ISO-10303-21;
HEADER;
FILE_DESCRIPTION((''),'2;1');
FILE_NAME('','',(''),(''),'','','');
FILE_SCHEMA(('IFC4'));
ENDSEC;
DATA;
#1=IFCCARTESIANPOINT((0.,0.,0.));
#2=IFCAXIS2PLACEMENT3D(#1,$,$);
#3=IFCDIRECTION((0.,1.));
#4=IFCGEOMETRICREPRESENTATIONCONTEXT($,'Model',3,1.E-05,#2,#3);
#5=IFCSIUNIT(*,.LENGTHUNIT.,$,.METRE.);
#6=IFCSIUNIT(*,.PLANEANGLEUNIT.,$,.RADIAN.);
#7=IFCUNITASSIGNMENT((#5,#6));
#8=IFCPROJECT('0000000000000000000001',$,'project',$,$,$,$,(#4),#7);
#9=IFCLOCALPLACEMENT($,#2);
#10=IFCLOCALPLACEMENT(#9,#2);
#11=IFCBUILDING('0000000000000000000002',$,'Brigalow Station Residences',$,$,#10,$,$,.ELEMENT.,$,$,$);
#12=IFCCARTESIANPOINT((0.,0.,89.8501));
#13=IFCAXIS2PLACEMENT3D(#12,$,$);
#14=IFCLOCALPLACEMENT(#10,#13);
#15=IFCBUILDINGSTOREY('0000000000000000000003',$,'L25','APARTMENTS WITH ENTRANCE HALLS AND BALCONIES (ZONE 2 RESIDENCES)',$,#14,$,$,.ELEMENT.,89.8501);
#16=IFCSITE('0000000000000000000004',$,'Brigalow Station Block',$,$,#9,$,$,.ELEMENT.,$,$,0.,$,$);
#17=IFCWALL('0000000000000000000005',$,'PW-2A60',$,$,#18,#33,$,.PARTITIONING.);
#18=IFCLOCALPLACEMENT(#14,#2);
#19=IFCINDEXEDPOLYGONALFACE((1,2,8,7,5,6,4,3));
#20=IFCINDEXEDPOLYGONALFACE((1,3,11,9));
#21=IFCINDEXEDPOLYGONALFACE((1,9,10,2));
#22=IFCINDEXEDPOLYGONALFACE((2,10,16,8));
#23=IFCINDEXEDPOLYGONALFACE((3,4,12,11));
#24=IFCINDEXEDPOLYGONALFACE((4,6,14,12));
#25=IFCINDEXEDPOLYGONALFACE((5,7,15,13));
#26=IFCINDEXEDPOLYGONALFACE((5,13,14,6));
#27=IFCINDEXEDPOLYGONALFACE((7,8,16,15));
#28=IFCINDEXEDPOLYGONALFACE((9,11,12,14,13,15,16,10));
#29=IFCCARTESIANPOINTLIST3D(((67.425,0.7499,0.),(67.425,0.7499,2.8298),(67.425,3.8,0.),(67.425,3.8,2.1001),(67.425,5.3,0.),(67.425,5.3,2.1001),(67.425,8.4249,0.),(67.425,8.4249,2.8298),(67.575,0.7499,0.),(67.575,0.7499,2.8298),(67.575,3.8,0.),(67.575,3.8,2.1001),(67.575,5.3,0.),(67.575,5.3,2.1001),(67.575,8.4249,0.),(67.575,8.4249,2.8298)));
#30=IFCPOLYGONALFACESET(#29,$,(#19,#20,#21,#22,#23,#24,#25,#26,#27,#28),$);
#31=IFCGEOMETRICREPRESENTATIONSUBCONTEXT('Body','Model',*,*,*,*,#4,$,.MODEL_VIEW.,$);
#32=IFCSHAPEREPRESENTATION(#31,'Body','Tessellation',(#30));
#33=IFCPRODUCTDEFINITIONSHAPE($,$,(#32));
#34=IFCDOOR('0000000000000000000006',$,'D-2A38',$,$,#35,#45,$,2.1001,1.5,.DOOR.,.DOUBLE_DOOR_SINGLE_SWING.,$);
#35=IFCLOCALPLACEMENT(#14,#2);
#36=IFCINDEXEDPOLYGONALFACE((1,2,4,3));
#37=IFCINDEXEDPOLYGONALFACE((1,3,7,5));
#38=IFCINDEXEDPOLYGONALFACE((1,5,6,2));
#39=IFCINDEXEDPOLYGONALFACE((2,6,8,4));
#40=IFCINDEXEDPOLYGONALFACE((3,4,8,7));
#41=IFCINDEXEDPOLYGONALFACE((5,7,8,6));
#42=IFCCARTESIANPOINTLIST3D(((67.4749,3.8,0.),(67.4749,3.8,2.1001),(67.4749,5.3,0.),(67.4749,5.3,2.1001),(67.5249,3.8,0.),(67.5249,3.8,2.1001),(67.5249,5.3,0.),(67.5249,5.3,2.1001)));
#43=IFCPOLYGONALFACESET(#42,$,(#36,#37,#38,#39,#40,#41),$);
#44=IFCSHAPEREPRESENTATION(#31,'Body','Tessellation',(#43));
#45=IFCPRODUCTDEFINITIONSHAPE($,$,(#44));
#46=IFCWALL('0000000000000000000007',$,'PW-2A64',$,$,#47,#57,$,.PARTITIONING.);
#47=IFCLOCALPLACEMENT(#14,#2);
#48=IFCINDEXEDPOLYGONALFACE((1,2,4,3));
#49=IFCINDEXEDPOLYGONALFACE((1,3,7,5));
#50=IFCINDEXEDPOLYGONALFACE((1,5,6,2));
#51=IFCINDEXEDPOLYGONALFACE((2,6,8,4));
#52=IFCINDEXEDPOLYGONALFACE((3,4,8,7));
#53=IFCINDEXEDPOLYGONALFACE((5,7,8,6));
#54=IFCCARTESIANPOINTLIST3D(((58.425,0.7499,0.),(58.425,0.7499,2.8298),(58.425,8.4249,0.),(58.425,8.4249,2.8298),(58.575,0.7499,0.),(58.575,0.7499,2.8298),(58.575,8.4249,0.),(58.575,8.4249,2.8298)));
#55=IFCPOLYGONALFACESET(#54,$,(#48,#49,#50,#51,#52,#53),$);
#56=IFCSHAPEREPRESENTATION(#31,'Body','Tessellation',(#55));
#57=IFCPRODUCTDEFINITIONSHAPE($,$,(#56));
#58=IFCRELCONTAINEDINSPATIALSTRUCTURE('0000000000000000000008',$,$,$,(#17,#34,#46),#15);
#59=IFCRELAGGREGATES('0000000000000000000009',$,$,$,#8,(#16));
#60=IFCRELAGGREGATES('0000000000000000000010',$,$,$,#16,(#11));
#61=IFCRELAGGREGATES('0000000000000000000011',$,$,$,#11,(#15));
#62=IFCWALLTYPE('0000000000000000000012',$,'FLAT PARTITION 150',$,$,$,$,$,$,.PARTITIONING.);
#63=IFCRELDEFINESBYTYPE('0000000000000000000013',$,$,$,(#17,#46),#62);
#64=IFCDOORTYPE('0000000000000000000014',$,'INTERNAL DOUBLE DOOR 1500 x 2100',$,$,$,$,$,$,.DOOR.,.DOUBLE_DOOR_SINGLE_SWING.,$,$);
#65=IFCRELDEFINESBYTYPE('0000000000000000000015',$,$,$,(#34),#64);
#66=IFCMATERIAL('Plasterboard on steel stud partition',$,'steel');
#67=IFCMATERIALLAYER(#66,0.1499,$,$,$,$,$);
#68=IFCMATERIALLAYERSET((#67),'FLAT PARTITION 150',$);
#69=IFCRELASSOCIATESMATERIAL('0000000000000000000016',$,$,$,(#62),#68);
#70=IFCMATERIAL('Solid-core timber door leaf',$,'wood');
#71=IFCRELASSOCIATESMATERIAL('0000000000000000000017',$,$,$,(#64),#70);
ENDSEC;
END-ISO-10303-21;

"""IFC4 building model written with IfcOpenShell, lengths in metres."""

from ifc_helpers import new_model, si_unit, direction, frame, frame_2d, origin, place, context, subcontext, project, spatial, rectangle, extrude, material, layer, layer_set, type_object, element, fill, save


model = new_model("IFC4")

# Units and contexts
model_context = context("Model", 3, precision=1e-05, world=origin(), true_north=direction((0.0, 1.0)))
body_context = subcontext(model_context, "Body", "Model", "MODEL_VIEW")
ifc_project = project(units=[si_unit("LENGTHUNIT", "METRE"), si_unit("PLANEANGLEUNIT", "RADIAN")], contexts=[model_context])

# Site, building, storey
site_placement = place(None, origin())
site = spatial("IfcSite", under=ifc_project, at=site_placement, Name="Brigalow Station Block", CompositionType="ELEMENT", RefElevation=0.0)
building_placement = place(site_placement, origin())
building = spatial("IfcBuilding", under=site, at=building_placement, Name="Brigalow Station Residences", CompositionType="ELEMENT")
storey_placement = place(building_placement, frame((0.0, 0.0, 89.8501)))
storey = spatial("IfcBuildingStorey", under=building, at=storey_placement, Name="L25", Description="APARTMENTS WITH ENTRANCE HALLS AND BALCONIES (ZONE 2 RESIDENCES)", CompositionType="ELEMENT", Elevation=89.8501)

# Shared definitions
ifc_material_1 = material(Name="Plasterboard on steel stud partition", Category="steel")
ifc_layer_1 = layer(ifc_material_1, 0.1499)
ifc_layer_set_1 = layer_set([ifc_layer_1], Name="FLAT PARTITION 150")
wall_type_1 = type_object("IfcWallType", Name="FLAT PARTITION 150", PredefinedType="PARTITIONING", material=ifc_layer_set_1)

# Wall, opening, door
wall_1_placement = place(storey_placement, frame((67.5, 0.75, 0.0), z_axis=(0.0, 0.0, 1.0), x_axis=(0.0, 1.0, 0.0)))
wall_1 = element("IfcWall", 1, at=wall_1_placement, inside=storey, type_object=wall_type_1, Name="PW-2A60", PredefinedType="PARTITIONING", context=body_context, shape_type="SweptSolid", body=[
    extrude(rectangle(XDim=7.675, YDim=0.1499, at=frame_2d((3.8374, 0.0))), origin(), (0.0, 0.0, 1.0), 2.8298),
])
opening_1_placement = place(wall_1_placement, frame((3.05, 0.0, 0.0)))
opening_1 = element("IfcOpeningElement", 2, at=opening_1_placement, cuts=wall_1, PredefinedType="OPENING", context=body_context, shape_type="SweptSolid", body=[
    extrude(rectangle(XDim=1.5, YDim=2.1001, at=frame_2d((0.75, 1.05))), frame((0.0, 0.085, 0.0), z_axis=(0.0, -1.0, 0.0), x_axis=(1.0, 0.0, 0.0)), (0.0, 0.0, 1.0), 0.1699),
])
ifc_material_2 = material(Name="Solid-core timber door leaf", Category="wood")
door_type = type_object("IfcDoorType", Name="INTERNAL DOUBLE DOOR 1500 x 2100", OperationType="DOUBLE_DOOR_SINGLE_SWING", PredefinedType="DOOR", material=ifc_material_2)
door_placement = place(opening_1_placement, frame((1.5, 0.0, 0.0), z_axis=(0.0, 0.0, 1.0), x_axis=(-1.0, 0.0, 0.0)))
door = element("IfcDoor", 3, at=door_placement, inside=storey, type_object=door_type, Name="D-2A38", OperationType="DOUBLE_DOOR_SINGLE_SWING", OverallHeight=2.1001, OverallWidth=1.5, PredefinedType="DOOR", context=body_context, shape_type="SweptSolid", body=[
    extrude(rectangle(XDim=1.5, YDim=2.1001, at=frame_2d((0.75, 1.05))), frame((0.0, 0.0249, 0.0), z_axis=(0.0, -1.0, 0.0), x_axis=(1.0, 0.0, 0.0)), (0.0, 0.0, 1.0), 0.05),
])
fill(opening_1, door)

# Wall
wall_2_placement = place(storey_placement, frame((58.5, 0.75, 0.0), z_axis=(0.0, 0.0, 1.0), x_axis=(0.0, 1.0, 0.0)))
element("IfcWall", 4, at=wall_2_placement, inside=storey, type_object=wall_type_1, Name="PW-2A64", PredefinedType="PARTITIONING", context=body_context, shape_type="SweptSolid", body=[
    extrude(rectangle(XDim=7.675, YDim=0.1499, at=frame_2d((3.8374, 0.0))), origin(), (0.0, 0.0, 1.0), 2.8298),
])

save(model, "model.ifc")
